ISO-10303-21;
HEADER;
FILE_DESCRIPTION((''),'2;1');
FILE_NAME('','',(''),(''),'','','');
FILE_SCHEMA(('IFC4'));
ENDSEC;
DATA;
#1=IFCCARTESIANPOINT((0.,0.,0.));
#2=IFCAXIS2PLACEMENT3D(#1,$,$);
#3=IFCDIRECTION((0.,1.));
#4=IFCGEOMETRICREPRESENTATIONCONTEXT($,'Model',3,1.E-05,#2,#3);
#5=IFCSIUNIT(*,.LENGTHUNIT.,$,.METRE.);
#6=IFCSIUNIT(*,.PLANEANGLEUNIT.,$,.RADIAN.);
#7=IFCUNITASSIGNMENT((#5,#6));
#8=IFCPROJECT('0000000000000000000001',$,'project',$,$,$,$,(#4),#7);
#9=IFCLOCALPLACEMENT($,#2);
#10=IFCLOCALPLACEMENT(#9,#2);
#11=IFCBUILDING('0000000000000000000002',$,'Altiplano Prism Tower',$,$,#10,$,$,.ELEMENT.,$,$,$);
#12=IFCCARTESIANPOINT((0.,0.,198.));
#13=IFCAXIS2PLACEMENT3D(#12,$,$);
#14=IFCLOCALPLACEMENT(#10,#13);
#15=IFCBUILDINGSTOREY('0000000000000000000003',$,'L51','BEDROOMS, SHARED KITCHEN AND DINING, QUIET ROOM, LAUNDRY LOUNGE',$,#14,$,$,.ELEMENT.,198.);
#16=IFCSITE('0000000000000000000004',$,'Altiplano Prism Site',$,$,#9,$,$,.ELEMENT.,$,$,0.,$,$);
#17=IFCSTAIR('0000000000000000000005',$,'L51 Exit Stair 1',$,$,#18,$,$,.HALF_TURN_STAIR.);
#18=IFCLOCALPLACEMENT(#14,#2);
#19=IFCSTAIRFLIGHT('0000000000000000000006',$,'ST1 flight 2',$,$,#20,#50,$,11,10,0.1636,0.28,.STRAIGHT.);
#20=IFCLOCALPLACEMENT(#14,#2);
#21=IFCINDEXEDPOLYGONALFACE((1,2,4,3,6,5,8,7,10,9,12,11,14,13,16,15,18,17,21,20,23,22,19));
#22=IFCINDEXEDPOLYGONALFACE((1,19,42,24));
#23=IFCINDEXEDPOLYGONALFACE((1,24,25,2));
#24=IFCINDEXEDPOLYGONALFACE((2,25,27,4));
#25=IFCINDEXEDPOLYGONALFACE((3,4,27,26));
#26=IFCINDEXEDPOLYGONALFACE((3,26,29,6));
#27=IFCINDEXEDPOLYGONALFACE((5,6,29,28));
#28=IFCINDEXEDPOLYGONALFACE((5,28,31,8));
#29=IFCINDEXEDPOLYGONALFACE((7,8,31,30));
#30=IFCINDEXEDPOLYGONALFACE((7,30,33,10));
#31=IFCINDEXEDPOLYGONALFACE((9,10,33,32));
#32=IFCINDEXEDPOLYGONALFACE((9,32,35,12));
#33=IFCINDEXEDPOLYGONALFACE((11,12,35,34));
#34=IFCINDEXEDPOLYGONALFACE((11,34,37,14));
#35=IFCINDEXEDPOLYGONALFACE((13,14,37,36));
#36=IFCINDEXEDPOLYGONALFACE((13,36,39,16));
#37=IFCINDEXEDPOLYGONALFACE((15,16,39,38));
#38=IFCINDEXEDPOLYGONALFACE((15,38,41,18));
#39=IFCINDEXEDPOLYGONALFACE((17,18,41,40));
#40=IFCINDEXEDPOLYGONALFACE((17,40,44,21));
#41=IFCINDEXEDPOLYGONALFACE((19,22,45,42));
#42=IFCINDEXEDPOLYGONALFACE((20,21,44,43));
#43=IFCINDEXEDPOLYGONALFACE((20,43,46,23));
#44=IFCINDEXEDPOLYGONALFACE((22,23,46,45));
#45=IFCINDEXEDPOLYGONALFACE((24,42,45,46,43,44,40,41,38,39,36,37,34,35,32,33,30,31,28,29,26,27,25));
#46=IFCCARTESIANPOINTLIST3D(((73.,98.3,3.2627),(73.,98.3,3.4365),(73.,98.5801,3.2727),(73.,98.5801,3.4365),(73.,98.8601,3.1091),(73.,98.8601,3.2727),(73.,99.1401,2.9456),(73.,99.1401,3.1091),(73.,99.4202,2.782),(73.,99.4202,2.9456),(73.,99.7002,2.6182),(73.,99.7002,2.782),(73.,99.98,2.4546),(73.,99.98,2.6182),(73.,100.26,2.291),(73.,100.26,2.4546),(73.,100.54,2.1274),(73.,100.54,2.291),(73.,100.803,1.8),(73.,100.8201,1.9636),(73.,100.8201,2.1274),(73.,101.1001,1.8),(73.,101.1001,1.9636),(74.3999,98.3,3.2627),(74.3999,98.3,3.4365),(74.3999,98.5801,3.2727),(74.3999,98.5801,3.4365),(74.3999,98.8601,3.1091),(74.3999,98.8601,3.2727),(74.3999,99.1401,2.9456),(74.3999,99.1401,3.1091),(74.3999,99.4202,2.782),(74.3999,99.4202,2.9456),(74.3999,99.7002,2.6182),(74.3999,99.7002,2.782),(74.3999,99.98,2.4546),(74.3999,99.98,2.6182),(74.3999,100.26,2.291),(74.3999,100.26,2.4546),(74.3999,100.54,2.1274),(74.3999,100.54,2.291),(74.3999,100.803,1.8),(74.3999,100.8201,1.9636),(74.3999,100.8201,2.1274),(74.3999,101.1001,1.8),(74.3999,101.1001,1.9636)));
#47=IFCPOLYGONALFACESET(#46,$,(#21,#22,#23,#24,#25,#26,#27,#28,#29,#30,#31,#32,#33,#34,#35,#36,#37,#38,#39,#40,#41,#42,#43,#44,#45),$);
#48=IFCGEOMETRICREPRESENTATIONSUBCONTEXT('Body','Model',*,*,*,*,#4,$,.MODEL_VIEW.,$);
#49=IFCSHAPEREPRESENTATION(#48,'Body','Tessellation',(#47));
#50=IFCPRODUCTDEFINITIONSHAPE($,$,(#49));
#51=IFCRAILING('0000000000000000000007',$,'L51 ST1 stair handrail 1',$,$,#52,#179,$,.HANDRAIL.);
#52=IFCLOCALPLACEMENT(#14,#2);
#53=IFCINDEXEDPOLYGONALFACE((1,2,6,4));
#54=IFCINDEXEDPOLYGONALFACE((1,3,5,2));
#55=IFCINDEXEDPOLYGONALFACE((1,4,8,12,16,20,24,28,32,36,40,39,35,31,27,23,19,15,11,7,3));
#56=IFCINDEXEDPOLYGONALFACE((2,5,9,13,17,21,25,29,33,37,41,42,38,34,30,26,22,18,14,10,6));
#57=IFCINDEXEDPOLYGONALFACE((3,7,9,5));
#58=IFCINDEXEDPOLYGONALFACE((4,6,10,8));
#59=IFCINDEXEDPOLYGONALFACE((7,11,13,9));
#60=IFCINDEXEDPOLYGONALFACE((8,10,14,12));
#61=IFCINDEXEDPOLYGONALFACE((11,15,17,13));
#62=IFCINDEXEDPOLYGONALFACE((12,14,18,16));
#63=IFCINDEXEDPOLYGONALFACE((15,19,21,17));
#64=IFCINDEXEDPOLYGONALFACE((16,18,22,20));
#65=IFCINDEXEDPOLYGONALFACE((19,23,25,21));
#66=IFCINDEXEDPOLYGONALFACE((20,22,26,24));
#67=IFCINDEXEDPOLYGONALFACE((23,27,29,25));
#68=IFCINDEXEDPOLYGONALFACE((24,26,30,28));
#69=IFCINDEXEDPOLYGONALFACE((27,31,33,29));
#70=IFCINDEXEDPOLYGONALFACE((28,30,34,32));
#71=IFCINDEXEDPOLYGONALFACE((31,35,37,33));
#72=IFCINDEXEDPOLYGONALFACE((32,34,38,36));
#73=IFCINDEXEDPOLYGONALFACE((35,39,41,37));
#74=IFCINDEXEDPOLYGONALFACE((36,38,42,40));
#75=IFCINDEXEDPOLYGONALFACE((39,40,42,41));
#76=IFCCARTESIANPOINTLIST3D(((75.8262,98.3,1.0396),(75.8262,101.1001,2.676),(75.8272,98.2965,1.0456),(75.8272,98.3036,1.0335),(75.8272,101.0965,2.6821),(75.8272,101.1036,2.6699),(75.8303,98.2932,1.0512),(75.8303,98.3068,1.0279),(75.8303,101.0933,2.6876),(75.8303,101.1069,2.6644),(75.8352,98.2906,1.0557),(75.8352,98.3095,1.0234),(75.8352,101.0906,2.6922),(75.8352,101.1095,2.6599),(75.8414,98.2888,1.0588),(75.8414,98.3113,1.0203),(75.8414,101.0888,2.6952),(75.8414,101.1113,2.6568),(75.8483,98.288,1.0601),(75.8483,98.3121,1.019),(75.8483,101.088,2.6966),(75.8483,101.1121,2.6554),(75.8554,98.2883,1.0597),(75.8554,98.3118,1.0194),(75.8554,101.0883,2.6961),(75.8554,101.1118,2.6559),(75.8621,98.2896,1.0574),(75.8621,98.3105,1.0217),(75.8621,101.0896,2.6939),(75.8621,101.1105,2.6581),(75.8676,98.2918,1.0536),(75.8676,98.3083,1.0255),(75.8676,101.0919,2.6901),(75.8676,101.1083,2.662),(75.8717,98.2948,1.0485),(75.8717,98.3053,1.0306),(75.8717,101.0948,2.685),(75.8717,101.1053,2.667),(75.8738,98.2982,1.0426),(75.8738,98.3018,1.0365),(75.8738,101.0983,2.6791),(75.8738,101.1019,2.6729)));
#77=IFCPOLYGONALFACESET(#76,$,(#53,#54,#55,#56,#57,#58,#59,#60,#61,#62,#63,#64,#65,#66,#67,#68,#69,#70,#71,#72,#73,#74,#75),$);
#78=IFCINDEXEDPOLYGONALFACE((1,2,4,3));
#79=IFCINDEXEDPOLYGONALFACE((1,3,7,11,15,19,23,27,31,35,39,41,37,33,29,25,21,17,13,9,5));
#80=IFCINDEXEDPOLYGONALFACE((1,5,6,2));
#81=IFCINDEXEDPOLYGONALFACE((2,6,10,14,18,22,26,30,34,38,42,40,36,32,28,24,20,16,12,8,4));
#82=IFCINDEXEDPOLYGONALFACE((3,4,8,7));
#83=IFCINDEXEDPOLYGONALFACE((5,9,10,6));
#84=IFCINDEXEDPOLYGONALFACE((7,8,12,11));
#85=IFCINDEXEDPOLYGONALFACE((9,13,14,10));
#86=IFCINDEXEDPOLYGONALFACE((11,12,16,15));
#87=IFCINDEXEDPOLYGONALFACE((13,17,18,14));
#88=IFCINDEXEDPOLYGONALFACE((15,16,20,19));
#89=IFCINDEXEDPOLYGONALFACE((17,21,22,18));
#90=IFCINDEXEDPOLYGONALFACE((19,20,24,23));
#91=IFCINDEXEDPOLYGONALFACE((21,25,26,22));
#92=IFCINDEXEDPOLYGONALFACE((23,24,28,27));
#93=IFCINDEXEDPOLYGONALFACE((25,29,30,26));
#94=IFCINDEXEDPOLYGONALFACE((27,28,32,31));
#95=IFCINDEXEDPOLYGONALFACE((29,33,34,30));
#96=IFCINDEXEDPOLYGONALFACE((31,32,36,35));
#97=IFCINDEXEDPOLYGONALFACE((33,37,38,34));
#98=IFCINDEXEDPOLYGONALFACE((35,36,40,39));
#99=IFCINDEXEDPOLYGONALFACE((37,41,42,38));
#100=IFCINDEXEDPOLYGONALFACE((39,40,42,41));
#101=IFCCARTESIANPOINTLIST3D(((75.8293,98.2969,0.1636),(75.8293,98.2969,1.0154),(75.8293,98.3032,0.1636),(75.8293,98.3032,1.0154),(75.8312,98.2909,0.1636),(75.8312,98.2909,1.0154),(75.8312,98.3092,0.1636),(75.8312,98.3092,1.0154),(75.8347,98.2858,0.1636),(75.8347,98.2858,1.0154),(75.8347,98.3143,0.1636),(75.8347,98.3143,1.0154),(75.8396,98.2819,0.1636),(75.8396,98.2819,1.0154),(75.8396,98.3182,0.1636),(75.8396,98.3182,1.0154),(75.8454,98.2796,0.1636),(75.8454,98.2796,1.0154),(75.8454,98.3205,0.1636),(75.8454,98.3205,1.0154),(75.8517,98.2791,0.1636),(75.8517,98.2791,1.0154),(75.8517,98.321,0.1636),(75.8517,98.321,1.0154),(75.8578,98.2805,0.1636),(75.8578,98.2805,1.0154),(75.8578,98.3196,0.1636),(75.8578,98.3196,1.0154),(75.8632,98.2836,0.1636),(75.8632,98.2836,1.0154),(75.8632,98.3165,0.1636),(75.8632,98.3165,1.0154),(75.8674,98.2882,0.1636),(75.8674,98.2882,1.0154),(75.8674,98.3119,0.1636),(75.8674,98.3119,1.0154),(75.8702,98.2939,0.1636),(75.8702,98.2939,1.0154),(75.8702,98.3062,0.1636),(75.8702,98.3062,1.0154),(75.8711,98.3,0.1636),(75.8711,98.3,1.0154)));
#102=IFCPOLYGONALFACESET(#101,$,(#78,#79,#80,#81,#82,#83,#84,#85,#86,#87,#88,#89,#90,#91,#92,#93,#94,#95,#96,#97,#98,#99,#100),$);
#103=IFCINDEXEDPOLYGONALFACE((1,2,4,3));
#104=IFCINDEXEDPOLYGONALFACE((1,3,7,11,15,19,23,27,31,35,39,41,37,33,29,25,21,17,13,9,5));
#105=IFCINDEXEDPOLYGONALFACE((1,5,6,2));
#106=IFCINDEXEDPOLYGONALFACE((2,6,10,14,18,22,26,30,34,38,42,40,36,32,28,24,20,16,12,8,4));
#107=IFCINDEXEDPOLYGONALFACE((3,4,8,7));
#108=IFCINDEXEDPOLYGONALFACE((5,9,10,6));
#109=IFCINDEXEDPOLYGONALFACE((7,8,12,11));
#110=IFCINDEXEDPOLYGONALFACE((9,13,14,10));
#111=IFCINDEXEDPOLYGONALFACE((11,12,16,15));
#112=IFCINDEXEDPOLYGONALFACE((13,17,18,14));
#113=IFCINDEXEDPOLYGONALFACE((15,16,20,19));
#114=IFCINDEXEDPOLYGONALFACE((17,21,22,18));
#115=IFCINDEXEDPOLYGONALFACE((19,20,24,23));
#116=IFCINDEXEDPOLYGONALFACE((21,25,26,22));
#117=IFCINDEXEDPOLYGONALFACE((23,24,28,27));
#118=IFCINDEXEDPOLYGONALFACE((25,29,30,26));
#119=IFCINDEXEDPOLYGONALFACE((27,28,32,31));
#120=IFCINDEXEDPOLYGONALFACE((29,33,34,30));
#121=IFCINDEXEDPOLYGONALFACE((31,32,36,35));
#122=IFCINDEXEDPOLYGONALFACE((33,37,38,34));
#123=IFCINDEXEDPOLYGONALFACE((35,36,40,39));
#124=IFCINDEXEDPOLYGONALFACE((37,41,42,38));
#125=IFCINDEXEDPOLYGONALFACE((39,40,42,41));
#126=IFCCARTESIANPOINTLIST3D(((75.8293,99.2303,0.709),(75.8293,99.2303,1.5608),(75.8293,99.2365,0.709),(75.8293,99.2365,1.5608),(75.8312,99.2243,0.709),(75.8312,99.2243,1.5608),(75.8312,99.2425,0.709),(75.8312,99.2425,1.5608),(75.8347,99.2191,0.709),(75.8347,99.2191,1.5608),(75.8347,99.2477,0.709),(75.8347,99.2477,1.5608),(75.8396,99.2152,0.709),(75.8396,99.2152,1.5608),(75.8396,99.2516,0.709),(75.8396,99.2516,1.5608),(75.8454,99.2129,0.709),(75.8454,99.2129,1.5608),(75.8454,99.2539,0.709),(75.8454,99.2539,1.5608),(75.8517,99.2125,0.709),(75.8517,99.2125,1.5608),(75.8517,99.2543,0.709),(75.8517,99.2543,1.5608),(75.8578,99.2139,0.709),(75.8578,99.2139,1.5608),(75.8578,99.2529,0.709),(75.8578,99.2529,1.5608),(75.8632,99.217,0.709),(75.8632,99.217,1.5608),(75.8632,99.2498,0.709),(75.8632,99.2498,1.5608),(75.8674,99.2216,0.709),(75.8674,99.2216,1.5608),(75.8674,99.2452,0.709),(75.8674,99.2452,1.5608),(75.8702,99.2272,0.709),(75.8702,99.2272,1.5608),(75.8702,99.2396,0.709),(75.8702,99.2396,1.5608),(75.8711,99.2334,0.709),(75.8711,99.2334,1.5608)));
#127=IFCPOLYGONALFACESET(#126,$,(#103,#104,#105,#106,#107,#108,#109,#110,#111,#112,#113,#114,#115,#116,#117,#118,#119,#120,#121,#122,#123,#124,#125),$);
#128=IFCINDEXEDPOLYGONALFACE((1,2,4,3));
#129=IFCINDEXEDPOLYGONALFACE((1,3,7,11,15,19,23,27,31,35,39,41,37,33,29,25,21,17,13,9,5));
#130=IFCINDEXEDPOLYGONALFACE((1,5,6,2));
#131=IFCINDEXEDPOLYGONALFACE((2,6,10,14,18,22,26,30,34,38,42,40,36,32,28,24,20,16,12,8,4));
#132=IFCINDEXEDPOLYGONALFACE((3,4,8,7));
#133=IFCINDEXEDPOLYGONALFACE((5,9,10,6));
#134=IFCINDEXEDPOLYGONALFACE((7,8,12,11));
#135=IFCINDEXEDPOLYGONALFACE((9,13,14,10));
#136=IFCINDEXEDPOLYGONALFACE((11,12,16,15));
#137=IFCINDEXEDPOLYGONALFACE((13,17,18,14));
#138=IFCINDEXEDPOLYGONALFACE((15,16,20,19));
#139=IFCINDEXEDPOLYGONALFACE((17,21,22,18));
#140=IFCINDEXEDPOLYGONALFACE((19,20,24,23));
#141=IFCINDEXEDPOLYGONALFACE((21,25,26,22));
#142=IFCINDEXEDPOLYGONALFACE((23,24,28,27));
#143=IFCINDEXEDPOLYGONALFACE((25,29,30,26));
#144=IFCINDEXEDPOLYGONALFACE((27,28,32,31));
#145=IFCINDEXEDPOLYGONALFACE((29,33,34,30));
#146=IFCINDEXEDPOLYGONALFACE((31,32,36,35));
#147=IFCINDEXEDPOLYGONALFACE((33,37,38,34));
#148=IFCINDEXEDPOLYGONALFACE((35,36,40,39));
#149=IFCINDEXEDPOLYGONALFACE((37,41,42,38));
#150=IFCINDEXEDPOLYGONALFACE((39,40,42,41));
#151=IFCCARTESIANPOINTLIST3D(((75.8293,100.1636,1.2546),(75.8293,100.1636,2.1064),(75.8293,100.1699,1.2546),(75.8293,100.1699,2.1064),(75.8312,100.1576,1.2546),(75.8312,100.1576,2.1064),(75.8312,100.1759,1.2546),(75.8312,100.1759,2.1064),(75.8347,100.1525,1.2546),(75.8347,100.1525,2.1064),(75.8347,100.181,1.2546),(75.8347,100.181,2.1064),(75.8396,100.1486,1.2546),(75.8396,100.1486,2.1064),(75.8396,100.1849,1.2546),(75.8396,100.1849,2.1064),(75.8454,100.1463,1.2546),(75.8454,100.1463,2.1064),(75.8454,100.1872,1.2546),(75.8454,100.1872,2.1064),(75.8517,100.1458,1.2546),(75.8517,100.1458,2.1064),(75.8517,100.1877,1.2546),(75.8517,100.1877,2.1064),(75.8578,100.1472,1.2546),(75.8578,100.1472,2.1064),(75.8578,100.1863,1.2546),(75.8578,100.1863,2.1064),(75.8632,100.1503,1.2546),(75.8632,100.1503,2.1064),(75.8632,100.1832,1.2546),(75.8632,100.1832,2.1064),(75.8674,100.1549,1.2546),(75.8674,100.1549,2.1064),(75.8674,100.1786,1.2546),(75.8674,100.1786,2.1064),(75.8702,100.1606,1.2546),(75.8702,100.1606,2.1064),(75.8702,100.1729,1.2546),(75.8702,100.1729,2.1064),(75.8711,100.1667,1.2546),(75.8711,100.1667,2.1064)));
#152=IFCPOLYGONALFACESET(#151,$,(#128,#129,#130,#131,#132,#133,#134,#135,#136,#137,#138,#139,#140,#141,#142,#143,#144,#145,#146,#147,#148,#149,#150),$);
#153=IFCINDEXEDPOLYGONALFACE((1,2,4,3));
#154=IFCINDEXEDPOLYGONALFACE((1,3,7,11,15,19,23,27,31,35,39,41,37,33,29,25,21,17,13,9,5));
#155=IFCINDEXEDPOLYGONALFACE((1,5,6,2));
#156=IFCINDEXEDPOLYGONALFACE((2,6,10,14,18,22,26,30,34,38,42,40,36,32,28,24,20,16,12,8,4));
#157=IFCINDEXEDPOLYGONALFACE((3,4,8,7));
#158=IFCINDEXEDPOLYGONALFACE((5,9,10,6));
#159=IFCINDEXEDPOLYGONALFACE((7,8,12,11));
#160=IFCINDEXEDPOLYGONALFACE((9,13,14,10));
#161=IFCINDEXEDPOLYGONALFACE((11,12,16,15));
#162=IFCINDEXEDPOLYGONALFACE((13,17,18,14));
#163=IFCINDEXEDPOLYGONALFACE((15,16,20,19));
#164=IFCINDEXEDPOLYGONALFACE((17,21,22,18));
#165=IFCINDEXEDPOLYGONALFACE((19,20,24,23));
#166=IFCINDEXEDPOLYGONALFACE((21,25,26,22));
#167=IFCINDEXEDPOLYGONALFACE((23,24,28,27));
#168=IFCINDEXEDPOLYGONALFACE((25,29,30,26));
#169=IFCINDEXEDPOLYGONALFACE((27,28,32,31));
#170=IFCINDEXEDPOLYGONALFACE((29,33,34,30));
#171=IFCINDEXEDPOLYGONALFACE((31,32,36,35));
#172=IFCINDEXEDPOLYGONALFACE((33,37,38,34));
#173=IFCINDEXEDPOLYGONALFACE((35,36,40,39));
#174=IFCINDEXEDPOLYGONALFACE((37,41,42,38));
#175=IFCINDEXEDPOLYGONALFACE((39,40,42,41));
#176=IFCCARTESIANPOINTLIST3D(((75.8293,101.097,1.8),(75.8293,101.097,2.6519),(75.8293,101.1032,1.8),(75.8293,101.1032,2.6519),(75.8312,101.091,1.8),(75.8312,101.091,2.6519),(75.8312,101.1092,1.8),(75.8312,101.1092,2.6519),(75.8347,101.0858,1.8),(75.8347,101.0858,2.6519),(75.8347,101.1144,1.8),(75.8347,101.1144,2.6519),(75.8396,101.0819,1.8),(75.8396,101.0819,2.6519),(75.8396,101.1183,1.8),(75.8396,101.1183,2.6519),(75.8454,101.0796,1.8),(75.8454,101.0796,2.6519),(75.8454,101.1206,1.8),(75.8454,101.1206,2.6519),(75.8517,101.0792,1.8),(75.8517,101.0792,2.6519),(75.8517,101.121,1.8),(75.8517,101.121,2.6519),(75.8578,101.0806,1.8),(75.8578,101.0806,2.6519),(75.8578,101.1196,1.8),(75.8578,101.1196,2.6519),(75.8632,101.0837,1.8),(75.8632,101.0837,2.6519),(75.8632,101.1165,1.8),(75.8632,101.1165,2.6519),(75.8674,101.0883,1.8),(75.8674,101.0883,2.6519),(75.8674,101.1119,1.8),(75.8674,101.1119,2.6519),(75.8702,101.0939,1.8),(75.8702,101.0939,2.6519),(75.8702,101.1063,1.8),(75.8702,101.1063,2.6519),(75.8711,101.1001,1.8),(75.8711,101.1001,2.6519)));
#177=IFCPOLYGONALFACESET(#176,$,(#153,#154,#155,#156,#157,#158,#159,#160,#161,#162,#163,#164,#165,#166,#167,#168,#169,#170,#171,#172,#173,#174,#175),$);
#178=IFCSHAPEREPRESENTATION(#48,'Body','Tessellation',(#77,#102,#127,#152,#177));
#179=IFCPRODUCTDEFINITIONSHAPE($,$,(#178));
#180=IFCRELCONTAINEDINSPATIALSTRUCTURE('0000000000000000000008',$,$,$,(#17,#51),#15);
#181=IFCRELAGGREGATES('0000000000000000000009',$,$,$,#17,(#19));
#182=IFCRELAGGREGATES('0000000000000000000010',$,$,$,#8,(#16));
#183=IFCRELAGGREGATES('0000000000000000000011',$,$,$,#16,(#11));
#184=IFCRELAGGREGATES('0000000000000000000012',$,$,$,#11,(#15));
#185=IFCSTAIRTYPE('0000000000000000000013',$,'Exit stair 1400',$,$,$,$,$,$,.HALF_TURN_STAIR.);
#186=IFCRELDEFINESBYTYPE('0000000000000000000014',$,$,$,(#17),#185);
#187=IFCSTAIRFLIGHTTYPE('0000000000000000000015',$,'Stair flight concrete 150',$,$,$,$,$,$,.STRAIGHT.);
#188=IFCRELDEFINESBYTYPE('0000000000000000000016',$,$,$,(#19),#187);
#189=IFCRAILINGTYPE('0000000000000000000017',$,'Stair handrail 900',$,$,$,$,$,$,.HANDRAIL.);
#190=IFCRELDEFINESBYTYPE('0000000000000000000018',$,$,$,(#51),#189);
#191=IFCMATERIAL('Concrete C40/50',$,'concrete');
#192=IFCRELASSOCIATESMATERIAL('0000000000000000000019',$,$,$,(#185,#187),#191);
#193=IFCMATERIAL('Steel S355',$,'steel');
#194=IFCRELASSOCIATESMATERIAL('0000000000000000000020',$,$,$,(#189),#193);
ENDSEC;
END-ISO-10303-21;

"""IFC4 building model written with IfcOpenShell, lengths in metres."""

from ifc_helpers import new_model, si_unit, direction, frame, origin, origin_2d, place, context, subcontext, project, spatial, polyline, circle, outline, extrude, material, type_object, element, aggregate, save


model = new_model("IFC4")

# Units and contexts
model_context = context("Model", 3, precision=1e-05, world=origin(), true_north=direction((0.0, 1.0)))
body_context = subcontext(model_context, "Body", "Model", "MODEL_VIEW")
ifc_project = project(units=[si_unit("LENGTHUNIT", "METRE"), si_unit("PLANEANGLEUNIT", "RADIAN")], contexts=[model_context])

# Site, building, storey
site_placement = place(None, origin())
site = spatial("IfcSite", under=ifc_project, at=site_placement, Name="Altiplano Prism Site", CompositionType="ELEMENT", RefElevation=0.0)
building_placement = place(site_placement, origin())
building = spatial("IfcBuilding", under=site, at=building_placement, Name="Altiplano Prism Tower", CompositionType="ELEMENT")
storey_placement = place(building_placement, frame((0.0, 0.0, 198.0)))
storey = spatial("IfcBuildingStorey", under=building, at=storey_placement, Name="L51", Description="BEDROOMS, SHARED KITCHEN AND DINING, QUIET ROOM, LAUNDRY LOUNGE", CompositionType="ELEMENT", Elevation=198.0)

# Stair, stair flight
ifc_material_1 = material(Name="Concrete C40/50", Category="concrete")
stair_type = type_object("IfcStairType", Name="Exit stair 1400", PredefinedType="HALF_TURN_STAIR", material=ifc_material_1)
stair_placement = place(storey_placement, origin())
stair = element("IfcStair", 1, at=stair_placement, inside=storey, type_object=stair_type, Name="L51 Exit Stair 1", PredefinedType="HALF_TURN_STAIR")
stair_flight_type = type_object("IfcStairFlightType", Name="Stair flight concrete 150", PredefinedType="STRAIGHT", material=ifc_material_1)
stair_flight_1_placement = place(storey_placement, frame((73.7, 101.1001, 1.8), z_axis=(0.0, 0.0, 1.0), x_axis=(0.0, -1.0, 0.0)))
stair_flight_1 = element("IfcStairFlight", 2, at=stair_flight_1_placement, type_object=stair_flight_type, Name="ST1 flight 2", NumberOfRisers=11, NumberOfTreads=10, PredefinedType="STRAIGHT", RiserHeight=0.1636, TreadLength=0.28, context=body_context, shape_type="SweptSolid", body=[
    extrude(outline(polyline([(0.0, 0.0), (0.0, 0.1636), (0.28, 0.1636), (0.28, 0.3274), (0.5601, 0.3274), (0.5601, 0.491), (0.8401, 0.491), (0.8401, 0.6545), (1.1201, 0.6545), (1.1201, 0.8181), (1.3999, 0.8181), (1.3999, 0.9819), (1.6799, 0.9819), (1.6799, 1.1455), (1.96, 1.1455), (1.96, 1.3091), (2.24, 1.3091), (2.24, 1.4727), (2.52, 1.4727), (2.52, 1.6365), (2.8, 1.6365), (2.8, 1.8), (2.8, 1.4626), (0.2971, 0.0), (0.0, 0.0)])), frame((0.0, 0.7, 0.0), z_axis=(0.0, -1.0, 0.0), x_axis=(1.0, 0.0, 0.0)), (0.0, 0.0, 1.0), 1.3999),
])
aggregate(stair, [stair_flight_1])

# Railing
ifc_material_2 = material(Name="Steel S355", Category="steel")
railing_type_1 = type_object("IfcRailingType", Name="Stair handrail 900", PredefinedType="HANDRAIL", material=ifc_material_2)
railing_1_placement = place(storey_placement, frame((75.8501, 98.3, 0.1636)))
element("IfcRailing", 3, at=railing_1_placement, inside=storey, type_object=railing_type_1, Name="L51 ST1 stair handrail 1", PredefinedType="HANDRAIL", context=body_context, shape_type="SweptSolid", body=[
    extrude(circle(Radius=0.0239, at=origin_2d()), frame((0.0, 0.0, 0.876), z_axis=(0.0, 0.863361, 0.504587), x_axis=(-1.0, 0.0, 0.0)), (0.0, 0.0, 1.0), 3.2432),
    extrude(circle(Radius=0.021, at=origin_2d()), origin(), (0.0, 0.0, 1.0), 0.8518),
    extrude(circle(Radius=0.021, at=origin_2d()), frame((0.0, 0.9333, 0.5454)), (0.0, 0.0, 1.0), 0.8518),
    extrude(circle(Radius=0.021, at=origin_2d()), frame((0.0, 1.8667, 1.0911)), (0.0, 0.0, 1.0), 0.8518),
    extrude(circle(Radius=0.021, at=origin_2d()), frame((0.0, 2.8, 1.6365)), (0.0, 0.0, 1.0), 0.8518),
])

save(model, "model.ifc")
